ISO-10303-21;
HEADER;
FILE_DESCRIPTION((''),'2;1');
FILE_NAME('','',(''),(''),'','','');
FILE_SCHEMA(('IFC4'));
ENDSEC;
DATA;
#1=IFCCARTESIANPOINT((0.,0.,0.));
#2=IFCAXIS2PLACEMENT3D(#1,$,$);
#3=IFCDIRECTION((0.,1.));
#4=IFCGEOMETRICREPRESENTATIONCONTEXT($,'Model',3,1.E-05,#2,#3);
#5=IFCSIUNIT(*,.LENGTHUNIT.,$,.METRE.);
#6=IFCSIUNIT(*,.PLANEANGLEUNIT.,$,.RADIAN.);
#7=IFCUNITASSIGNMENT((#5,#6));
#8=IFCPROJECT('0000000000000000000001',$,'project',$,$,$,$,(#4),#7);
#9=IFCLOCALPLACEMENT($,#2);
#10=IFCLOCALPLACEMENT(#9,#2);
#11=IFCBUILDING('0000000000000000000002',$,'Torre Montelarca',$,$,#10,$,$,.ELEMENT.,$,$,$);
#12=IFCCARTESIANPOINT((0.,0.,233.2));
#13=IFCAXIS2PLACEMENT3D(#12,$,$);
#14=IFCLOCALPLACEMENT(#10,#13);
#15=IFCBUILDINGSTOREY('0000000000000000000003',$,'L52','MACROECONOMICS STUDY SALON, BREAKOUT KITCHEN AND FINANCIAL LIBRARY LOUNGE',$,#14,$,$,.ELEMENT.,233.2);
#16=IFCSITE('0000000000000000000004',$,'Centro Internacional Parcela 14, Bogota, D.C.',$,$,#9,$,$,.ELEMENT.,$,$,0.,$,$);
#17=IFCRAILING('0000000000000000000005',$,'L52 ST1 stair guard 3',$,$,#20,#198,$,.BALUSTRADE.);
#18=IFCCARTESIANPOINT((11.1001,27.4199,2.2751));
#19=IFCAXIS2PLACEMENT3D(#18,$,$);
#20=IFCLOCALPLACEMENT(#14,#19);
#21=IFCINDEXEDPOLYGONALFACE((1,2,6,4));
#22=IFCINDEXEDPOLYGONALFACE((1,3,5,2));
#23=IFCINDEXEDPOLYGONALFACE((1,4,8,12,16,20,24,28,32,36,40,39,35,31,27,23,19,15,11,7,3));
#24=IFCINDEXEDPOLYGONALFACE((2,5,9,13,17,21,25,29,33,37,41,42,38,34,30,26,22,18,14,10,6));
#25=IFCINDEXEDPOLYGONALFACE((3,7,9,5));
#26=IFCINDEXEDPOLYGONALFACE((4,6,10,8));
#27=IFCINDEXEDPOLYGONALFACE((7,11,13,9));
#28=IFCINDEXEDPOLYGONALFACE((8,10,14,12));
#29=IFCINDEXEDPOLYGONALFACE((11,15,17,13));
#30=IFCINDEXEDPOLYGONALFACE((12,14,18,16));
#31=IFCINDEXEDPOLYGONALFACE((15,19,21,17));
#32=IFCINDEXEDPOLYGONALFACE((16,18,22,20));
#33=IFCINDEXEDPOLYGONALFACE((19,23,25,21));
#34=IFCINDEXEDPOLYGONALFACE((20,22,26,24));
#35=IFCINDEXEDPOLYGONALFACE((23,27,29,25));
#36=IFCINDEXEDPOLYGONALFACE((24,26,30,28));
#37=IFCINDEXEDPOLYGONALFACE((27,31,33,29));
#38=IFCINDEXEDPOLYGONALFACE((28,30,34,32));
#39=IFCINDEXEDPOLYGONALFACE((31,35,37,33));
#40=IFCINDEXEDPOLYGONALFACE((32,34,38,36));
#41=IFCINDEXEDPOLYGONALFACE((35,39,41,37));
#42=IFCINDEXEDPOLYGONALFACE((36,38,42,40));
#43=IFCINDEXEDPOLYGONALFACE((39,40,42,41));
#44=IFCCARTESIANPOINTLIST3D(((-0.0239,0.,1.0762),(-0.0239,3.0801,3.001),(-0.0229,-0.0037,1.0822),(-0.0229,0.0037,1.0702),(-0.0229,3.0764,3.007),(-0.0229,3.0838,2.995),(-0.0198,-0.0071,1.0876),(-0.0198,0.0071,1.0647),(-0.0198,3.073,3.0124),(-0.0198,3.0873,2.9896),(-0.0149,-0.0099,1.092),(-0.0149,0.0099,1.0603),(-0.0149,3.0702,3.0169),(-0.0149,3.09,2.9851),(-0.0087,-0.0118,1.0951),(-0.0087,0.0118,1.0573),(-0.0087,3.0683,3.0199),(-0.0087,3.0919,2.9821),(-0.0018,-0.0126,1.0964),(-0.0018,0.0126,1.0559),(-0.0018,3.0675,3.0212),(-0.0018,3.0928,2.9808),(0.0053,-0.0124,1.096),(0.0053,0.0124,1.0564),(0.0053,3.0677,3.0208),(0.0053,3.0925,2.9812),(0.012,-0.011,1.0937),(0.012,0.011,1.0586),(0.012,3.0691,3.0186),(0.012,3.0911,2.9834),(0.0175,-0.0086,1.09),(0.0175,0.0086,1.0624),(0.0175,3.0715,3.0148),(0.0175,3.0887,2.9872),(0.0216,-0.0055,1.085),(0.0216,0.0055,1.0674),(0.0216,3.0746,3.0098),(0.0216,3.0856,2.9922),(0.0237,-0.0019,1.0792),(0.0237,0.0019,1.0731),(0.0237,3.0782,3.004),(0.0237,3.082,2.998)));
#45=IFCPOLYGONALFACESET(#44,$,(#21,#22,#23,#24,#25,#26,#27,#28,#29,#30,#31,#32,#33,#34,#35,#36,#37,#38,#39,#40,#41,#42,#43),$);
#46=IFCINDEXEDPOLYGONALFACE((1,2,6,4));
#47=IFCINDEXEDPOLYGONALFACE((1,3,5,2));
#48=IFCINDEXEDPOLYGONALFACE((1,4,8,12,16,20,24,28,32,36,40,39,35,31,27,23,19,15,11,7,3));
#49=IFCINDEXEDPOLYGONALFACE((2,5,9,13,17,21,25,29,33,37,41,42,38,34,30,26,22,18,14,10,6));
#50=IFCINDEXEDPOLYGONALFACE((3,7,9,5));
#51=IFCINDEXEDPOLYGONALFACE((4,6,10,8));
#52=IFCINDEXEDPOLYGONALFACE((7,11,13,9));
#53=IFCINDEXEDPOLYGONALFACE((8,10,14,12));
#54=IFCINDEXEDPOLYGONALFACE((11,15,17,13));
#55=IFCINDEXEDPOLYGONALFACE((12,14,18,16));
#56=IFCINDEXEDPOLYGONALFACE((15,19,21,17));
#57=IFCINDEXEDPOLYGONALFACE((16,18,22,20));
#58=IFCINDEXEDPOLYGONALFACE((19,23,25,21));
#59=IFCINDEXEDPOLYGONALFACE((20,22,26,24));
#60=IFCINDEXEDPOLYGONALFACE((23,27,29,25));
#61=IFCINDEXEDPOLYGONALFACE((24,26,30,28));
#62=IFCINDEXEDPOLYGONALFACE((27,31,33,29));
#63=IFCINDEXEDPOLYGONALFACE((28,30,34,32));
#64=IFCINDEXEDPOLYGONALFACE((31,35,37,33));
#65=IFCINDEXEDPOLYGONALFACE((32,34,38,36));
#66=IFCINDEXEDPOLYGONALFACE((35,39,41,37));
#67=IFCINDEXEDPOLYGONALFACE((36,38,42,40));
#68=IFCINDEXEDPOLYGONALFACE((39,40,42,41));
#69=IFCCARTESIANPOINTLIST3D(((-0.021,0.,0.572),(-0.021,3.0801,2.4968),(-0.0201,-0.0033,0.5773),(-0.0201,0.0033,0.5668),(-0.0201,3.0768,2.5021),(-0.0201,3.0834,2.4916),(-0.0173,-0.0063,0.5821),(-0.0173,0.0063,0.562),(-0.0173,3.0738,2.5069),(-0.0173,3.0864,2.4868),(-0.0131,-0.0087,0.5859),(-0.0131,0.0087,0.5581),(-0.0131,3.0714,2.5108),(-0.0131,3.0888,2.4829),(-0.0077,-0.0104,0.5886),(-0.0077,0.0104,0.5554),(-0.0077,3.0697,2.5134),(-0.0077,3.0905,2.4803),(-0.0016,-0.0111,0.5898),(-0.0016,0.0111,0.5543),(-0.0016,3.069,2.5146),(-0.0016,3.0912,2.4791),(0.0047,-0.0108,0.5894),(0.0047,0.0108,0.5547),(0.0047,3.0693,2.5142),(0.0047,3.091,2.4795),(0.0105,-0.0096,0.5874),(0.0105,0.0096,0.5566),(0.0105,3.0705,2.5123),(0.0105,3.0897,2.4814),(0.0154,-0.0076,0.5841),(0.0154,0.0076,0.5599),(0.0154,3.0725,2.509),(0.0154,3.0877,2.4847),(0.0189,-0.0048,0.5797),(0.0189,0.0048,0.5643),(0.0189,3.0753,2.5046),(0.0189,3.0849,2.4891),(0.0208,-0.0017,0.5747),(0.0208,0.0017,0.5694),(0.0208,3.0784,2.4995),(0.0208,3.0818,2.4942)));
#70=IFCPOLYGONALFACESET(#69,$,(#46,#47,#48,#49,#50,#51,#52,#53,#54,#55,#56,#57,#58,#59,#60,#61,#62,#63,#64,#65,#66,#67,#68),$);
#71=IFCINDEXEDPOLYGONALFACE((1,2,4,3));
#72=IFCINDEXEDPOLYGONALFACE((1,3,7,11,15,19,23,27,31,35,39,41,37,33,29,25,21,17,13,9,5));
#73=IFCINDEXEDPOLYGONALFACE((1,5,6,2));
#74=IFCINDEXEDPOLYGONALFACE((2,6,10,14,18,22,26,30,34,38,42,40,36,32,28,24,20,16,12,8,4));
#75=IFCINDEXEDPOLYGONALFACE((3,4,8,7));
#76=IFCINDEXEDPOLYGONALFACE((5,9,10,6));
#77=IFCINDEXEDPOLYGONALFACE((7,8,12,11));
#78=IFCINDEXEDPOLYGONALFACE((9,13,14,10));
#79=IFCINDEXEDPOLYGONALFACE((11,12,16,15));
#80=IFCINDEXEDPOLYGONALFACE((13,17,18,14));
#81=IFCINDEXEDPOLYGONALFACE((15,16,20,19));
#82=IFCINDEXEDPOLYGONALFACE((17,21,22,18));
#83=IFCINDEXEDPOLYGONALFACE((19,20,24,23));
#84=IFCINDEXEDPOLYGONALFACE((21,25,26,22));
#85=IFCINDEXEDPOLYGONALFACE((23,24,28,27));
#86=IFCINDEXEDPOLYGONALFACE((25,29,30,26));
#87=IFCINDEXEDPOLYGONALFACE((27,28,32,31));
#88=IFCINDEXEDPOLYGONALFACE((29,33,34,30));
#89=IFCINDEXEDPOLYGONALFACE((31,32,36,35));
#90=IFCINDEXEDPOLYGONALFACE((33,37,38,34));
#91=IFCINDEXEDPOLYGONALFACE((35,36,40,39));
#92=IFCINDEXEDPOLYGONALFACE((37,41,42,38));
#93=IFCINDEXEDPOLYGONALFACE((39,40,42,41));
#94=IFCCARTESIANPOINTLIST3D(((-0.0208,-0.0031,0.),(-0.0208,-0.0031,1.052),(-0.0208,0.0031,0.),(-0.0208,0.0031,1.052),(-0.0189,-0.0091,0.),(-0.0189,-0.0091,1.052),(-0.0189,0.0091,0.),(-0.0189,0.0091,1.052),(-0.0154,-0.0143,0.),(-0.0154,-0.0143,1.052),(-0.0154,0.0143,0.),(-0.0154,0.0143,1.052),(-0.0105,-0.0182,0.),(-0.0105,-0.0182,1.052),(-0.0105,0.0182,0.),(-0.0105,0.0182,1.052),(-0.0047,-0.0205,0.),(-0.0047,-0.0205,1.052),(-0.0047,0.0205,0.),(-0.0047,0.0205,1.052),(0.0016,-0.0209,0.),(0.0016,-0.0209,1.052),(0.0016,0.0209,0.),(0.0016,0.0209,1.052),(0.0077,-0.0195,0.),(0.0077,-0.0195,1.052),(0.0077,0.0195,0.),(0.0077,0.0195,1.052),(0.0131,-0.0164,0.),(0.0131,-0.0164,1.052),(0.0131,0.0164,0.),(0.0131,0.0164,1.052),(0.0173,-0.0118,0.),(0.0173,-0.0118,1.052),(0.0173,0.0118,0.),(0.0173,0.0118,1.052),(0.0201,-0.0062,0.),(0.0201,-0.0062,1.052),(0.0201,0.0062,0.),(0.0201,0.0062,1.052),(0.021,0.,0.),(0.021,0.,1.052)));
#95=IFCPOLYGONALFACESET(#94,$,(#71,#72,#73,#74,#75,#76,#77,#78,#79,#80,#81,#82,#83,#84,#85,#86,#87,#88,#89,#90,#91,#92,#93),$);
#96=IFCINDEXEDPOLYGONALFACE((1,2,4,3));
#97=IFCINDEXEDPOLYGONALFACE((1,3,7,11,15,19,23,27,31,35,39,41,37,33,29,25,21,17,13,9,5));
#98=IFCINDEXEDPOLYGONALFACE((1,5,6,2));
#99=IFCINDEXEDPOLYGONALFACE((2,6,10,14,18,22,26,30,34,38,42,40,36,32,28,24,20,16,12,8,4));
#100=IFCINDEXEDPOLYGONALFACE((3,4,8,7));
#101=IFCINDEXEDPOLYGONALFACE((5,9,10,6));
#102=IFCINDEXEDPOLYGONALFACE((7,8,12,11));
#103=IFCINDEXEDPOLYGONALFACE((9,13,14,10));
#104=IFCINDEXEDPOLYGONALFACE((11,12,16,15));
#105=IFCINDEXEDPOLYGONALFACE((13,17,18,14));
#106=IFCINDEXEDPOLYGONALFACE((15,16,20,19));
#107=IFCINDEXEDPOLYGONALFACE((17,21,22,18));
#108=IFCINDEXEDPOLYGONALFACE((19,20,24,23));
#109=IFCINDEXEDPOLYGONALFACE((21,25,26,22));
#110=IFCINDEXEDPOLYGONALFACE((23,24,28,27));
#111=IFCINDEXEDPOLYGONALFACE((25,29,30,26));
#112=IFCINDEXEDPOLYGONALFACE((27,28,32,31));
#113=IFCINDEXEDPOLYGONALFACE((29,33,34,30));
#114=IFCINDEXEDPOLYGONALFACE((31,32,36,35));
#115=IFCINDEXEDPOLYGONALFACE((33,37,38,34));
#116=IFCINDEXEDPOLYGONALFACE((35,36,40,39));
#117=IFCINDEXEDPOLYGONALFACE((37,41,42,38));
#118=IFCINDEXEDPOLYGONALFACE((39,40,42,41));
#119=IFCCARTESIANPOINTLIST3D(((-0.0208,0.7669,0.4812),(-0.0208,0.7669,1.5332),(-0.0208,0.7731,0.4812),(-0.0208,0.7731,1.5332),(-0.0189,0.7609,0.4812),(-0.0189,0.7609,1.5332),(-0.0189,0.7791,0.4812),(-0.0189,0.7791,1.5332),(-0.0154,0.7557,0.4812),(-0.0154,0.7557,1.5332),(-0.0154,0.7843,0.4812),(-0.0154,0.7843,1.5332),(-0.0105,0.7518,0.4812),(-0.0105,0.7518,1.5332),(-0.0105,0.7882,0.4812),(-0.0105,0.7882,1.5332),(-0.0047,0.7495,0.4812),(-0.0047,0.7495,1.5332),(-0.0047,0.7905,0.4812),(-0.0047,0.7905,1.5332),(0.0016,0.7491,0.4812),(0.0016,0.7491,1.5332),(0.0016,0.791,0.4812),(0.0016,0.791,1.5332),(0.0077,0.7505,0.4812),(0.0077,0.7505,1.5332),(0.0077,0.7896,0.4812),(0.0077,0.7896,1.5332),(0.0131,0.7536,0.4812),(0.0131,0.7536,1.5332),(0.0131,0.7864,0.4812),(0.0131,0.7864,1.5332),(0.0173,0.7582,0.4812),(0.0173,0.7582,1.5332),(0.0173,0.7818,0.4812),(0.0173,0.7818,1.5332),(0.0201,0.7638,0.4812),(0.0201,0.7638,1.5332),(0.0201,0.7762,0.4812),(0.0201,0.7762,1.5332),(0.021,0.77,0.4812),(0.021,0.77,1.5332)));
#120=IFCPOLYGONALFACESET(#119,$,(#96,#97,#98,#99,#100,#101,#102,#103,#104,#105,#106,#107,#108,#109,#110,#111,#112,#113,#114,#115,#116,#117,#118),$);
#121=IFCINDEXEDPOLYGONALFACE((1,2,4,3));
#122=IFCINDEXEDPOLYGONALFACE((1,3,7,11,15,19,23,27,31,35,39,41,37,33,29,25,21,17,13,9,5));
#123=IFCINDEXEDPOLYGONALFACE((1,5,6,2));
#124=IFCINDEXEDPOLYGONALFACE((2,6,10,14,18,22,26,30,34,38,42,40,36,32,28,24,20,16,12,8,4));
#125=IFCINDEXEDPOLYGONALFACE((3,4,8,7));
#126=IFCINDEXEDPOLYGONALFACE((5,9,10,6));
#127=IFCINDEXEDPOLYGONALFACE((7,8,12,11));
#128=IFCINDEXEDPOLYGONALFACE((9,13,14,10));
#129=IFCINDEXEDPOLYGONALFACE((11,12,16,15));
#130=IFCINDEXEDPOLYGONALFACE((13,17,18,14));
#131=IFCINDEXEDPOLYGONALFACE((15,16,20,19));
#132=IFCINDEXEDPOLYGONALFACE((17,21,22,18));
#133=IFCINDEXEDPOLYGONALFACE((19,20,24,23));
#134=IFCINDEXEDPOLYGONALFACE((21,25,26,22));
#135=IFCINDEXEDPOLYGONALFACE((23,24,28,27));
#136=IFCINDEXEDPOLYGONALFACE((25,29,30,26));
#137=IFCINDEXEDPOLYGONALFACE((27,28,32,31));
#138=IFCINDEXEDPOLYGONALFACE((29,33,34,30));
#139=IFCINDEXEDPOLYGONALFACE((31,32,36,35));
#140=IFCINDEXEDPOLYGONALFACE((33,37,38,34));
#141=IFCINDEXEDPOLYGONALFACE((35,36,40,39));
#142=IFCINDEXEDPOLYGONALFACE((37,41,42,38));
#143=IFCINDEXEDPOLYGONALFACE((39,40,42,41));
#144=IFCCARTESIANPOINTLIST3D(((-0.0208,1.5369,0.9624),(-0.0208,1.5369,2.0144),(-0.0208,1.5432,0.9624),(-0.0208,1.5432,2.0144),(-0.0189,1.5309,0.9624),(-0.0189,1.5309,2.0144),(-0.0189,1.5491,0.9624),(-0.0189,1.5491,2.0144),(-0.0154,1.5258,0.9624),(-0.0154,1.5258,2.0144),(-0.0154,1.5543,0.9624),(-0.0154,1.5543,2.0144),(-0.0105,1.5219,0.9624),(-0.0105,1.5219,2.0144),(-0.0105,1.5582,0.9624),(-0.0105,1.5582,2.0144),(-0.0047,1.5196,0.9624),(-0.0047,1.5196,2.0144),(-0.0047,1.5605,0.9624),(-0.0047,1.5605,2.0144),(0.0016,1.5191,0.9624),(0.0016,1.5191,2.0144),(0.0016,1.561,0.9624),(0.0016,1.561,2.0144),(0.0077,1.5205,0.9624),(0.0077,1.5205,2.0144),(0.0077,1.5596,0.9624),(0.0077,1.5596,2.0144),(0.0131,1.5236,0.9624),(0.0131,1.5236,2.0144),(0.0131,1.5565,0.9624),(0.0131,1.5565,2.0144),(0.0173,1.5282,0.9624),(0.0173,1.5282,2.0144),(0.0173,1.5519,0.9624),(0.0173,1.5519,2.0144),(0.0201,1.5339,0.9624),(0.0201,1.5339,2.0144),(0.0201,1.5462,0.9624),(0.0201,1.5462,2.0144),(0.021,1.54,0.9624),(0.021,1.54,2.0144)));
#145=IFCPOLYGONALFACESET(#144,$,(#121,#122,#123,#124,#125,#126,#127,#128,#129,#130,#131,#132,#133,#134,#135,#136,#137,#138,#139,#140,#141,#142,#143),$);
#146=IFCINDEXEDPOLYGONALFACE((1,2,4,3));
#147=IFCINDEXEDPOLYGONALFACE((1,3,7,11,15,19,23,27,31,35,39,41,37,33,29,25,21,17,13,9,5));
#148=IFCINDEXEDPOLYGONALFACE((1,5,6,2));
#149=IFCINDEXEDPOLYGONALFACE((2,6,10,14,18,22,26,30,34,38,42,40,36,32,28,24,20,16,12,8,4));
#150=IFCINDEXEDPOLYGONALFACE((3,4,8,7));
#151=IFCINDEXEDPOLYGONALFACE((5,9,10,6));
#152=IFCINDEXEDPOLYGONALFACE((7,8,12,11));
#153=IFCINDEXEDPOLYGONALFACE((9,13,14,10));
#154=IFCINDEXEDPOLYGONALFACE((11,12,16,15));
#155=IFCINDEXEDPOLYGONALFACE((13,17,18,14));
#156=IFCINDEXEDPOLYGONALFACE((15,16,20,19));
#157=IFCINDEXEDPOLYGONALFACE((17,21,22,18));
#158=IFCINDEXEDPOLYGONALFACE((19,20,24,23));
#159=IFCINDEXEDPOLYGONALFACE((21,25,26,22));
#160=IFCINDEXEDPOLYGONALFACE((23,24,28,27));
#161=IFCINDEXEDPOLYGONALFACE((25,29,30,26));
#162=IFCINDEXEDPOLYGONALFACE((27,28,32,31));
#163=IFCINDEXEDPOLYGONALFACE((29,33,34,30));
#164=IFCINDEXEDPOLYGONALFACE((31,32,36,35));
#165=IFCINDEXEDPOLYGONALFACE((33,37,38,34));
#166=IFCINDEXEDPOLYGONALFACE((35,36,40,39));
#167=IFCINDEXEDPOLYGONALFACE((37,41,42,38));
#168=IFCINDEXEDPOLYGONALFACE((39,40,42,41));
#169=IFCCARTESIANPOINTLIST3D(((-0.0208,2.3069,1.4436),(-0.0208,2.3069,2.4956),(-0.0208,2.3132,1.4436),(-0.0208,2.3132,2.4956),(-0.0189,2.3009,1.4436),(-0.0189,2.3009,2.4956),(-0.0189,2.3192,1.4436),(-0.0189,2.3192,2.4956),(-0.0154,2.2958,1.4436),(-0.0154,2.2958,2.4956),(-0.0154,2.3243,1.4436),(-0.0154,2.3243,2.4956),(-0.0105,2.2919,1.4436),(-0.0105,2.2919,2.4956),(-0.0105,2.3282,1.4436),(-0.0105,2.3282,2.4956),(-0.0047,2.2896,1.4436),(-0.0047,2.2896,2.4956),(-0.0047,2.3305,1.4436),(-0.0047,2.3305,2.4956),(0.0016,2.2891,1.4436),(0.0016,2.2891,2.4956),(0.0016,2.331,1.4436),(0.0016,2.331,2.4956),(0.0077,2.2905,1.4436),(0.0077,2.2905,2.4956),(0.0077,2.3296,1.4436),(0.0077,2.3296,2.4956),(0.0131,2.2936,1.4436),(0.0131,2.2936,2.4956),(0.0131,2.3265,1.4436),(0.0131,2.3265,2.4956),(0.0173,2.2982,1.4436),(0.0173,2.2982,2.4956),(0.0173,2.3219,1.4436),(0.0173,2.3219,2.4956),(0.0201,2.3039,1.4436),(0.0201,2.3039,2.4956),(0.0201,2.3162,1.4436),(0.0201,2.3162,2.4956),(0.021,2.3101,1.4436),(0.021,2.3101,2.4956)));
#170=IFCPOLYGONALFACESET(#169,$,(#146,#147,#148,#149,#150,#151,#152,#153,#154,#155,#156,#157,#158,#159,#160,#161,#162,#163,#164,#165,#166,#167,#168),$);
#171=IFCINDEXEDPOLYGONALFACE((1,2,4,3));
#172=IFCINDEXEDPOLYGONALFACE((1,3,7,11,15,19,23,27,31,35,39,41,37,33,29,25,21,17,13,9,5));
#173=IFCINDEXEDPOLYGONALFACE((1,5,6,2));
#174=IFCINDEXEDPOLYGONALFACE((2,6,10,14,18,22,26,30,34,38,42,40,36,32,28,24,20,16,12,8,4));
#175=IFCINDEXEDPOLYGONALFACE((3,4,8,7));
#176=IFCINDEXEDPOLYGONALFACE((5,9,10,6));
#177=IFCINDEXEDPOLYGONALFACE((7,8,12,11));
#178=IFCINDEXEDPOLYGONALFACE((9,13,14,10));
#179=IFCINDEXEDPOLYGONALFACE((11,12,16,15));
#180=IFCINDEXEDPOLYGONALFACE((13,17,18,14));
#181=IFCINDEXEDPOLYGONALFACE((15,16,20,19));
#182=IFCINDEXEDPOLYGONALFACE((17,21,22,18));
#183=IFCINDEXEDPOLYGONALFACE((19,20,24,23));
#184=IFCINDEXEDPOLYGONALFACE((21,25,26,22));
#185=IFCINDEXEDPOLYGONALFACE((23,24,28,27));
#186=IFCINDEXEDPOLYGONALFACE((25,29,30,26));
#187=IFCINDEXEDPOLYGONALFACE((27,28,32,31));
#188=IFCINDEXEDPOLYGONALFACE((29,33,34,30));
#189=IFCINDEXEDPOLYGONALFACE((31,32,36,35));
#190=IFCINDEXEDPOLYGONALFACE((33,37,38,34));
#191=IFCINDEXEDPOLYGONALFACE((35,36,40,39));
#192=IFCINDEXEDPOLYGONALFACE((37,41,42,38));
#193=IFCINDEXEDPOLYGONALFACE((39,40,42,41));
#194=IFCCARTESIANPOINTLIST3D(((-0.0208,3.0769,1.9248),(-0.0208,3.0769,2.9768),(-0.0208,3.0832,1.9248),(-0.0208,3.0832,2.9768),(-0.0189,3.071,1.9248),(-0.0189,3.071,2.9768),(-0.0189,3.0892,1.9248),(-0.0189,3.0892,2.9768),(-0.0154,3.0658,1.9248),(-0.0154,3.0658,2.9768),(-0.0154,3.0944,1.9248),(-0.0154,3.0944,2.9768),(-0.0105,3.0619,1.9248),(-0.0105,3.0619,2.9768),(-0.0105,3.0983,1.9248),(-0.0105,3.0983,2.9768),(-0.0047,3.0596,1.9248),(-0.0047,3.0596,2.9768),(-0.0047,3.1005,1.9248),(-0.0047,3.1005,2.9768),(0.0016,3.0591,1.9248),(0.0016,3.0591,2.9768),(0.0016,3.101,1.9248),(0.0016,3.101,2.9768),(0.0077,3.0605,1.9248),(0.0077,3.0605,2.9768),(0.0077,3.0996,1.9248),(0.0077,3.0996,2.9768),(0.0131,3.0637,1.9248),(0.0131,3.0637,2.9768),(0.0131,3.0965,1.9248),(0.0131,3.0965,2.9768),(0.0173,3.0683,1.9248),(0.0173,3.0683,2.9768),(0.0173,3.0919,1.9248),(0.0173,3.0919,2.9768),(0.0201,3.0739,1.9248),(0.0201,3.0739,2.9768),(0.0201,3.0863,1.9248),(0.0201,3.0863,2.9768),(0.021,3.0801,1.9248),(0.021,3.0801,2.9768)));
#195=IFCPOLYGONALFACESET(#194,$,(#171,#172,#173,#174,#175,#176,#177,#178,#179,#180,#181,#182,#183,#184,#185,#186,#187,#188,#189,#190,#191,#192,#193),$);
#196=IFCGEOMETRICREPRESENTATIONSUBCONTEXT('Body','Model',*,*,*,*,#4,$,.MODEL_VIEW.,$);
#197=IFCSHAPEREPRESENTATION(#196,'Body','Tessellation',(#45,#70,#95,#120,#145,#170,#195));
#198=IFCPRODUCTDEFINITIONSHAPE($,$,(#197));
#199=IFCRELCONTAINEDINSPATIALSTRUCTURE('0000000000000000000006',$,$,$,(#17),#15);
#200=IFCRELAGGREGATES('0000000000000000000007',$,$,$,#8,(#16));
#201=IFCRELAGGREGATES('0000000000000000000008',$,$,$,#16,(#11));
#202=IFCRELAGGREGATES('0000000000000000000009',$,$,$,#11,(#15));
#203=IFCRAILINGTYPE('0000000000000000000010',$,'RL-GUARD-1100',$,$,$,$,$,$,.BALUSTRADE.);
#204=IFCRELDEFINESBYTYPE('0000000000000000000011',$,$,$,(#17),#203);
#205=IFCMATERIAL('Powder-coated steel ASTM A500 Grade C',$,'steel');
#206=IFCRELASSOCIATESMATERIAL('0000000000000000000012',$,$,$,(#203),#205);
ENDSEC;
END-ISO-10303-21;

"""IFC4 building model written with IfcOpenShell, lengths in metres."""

from ifc_helpers import new_model, si_unit, direction, frame, origin, origin_2d, place, context, subcontext, project, spatial, circle, extrude, material, type_object, element, save


model = new_model("IFC4")

# Units and contexts
model_context = context("Model", 3, precision=1e-05, world=origin(), true_north=direction((0.0, 1.0)))
body_context = subcontext(model_context, "Body", "Model", "MODEL_VIEW")
ifc_project = project(units=[si_unit("LENGTHUNIT", "METRE"), si_unit("PLANEANGLEUNIT", "RADIAN")], contexts=[model_context])

# Site, building, storey
site_placement = place(None, origin())
site = spatial("IfcSite", under=ifc_project, at=site_placement, Name="Centro Internacional Parcela 14, Bogota, D.C.", CompositionType="ELEMENT", RefElevation=0.0)
building_placement = place(site_placement, origin())
building = spatial("IfcBuilding", under=site, at=building_placement, Name="Torre Montelarca", CompositionType="ELEMENT")
storey_placement = place(building_placement, frame((0.0, 0.0, 233.2)))
storey = spatial("IfcBuildingStorey", under=building, at=storey_placement, Name="L52", Description="MACROECONOMICS STUDY SALON, BREAKOUT KITCHEN AND FINANCIAL LIBRARY LOUNGE", CompositionType="ELEMENT", Elevation=233.2)

# Railing
ifc_material_1 = material(Name="Powder-coated steel ASTM A500 Grade C", Category="steel")
railing_type_1 = type_object("IfcRailingType", Name="RL-GUARD-1100", PredefinedType="BALUSTRADE", material=ifc_material_1)
railing_1_placement = place(storey_placement, frame((11.1001, 27.4199, 2.2751)))
element("IfcRailing", 1, at=railing_1_placement, inside=storey, type_object=railing_type_1, Name="L52 ST1 stair guard 3", PredefinedType="BALUSTRADE", context=body_context, shape_type="SweptSolid", body=[
    extrude(circle(Radius=0.0239, at=origin_2d()), frame((0.0, 0.0, 1.0762), z_axis=(0.0, 0.848029, 0.529951), x_axis=(-1.0, 0.0, 0.0)), (0.0, 0.0, 1.0), 3.6321),
    extrude(circle(Radius=0.021, at=origin_2d()), frame((0.0, 0.0, 0.572), z_axis=(0.0, 0.848029, 0.529951), x_axis=(-1.0, 0.0, 0.0)), (0.0, 0.0, 1.0), 3.6321),
    extrude(circle(Radius=0.021, at=origin_2d()), origin(), (0.0, 0.0, 1.0), 1.052),
    extrude(circle(Radius=0.021, at=origin_2d()), frame((0.0, 0.77, 0.4812)), (0.0, 0.0, 1.0), 1.052),
    extrude(circle(Radius=0.021, at=origin_2d()), frame((0.0, 1.54, 0.9624)), (0.0, 0.0, 1.0), 1.052),
    extrude(circle(Radius=0.021, at=origin_2d()), frame((0.0, 2.3101, 1.4436)), (0.0, 0.0, 1.0), 1.052),
    extrude(circle(Radius=0.021, at=origin_2d()), frame((0.0, 3.0801, 1.9248)), (0.0, 0.0, 1.0), 1.052),
])

save(model, "model.ifc")
